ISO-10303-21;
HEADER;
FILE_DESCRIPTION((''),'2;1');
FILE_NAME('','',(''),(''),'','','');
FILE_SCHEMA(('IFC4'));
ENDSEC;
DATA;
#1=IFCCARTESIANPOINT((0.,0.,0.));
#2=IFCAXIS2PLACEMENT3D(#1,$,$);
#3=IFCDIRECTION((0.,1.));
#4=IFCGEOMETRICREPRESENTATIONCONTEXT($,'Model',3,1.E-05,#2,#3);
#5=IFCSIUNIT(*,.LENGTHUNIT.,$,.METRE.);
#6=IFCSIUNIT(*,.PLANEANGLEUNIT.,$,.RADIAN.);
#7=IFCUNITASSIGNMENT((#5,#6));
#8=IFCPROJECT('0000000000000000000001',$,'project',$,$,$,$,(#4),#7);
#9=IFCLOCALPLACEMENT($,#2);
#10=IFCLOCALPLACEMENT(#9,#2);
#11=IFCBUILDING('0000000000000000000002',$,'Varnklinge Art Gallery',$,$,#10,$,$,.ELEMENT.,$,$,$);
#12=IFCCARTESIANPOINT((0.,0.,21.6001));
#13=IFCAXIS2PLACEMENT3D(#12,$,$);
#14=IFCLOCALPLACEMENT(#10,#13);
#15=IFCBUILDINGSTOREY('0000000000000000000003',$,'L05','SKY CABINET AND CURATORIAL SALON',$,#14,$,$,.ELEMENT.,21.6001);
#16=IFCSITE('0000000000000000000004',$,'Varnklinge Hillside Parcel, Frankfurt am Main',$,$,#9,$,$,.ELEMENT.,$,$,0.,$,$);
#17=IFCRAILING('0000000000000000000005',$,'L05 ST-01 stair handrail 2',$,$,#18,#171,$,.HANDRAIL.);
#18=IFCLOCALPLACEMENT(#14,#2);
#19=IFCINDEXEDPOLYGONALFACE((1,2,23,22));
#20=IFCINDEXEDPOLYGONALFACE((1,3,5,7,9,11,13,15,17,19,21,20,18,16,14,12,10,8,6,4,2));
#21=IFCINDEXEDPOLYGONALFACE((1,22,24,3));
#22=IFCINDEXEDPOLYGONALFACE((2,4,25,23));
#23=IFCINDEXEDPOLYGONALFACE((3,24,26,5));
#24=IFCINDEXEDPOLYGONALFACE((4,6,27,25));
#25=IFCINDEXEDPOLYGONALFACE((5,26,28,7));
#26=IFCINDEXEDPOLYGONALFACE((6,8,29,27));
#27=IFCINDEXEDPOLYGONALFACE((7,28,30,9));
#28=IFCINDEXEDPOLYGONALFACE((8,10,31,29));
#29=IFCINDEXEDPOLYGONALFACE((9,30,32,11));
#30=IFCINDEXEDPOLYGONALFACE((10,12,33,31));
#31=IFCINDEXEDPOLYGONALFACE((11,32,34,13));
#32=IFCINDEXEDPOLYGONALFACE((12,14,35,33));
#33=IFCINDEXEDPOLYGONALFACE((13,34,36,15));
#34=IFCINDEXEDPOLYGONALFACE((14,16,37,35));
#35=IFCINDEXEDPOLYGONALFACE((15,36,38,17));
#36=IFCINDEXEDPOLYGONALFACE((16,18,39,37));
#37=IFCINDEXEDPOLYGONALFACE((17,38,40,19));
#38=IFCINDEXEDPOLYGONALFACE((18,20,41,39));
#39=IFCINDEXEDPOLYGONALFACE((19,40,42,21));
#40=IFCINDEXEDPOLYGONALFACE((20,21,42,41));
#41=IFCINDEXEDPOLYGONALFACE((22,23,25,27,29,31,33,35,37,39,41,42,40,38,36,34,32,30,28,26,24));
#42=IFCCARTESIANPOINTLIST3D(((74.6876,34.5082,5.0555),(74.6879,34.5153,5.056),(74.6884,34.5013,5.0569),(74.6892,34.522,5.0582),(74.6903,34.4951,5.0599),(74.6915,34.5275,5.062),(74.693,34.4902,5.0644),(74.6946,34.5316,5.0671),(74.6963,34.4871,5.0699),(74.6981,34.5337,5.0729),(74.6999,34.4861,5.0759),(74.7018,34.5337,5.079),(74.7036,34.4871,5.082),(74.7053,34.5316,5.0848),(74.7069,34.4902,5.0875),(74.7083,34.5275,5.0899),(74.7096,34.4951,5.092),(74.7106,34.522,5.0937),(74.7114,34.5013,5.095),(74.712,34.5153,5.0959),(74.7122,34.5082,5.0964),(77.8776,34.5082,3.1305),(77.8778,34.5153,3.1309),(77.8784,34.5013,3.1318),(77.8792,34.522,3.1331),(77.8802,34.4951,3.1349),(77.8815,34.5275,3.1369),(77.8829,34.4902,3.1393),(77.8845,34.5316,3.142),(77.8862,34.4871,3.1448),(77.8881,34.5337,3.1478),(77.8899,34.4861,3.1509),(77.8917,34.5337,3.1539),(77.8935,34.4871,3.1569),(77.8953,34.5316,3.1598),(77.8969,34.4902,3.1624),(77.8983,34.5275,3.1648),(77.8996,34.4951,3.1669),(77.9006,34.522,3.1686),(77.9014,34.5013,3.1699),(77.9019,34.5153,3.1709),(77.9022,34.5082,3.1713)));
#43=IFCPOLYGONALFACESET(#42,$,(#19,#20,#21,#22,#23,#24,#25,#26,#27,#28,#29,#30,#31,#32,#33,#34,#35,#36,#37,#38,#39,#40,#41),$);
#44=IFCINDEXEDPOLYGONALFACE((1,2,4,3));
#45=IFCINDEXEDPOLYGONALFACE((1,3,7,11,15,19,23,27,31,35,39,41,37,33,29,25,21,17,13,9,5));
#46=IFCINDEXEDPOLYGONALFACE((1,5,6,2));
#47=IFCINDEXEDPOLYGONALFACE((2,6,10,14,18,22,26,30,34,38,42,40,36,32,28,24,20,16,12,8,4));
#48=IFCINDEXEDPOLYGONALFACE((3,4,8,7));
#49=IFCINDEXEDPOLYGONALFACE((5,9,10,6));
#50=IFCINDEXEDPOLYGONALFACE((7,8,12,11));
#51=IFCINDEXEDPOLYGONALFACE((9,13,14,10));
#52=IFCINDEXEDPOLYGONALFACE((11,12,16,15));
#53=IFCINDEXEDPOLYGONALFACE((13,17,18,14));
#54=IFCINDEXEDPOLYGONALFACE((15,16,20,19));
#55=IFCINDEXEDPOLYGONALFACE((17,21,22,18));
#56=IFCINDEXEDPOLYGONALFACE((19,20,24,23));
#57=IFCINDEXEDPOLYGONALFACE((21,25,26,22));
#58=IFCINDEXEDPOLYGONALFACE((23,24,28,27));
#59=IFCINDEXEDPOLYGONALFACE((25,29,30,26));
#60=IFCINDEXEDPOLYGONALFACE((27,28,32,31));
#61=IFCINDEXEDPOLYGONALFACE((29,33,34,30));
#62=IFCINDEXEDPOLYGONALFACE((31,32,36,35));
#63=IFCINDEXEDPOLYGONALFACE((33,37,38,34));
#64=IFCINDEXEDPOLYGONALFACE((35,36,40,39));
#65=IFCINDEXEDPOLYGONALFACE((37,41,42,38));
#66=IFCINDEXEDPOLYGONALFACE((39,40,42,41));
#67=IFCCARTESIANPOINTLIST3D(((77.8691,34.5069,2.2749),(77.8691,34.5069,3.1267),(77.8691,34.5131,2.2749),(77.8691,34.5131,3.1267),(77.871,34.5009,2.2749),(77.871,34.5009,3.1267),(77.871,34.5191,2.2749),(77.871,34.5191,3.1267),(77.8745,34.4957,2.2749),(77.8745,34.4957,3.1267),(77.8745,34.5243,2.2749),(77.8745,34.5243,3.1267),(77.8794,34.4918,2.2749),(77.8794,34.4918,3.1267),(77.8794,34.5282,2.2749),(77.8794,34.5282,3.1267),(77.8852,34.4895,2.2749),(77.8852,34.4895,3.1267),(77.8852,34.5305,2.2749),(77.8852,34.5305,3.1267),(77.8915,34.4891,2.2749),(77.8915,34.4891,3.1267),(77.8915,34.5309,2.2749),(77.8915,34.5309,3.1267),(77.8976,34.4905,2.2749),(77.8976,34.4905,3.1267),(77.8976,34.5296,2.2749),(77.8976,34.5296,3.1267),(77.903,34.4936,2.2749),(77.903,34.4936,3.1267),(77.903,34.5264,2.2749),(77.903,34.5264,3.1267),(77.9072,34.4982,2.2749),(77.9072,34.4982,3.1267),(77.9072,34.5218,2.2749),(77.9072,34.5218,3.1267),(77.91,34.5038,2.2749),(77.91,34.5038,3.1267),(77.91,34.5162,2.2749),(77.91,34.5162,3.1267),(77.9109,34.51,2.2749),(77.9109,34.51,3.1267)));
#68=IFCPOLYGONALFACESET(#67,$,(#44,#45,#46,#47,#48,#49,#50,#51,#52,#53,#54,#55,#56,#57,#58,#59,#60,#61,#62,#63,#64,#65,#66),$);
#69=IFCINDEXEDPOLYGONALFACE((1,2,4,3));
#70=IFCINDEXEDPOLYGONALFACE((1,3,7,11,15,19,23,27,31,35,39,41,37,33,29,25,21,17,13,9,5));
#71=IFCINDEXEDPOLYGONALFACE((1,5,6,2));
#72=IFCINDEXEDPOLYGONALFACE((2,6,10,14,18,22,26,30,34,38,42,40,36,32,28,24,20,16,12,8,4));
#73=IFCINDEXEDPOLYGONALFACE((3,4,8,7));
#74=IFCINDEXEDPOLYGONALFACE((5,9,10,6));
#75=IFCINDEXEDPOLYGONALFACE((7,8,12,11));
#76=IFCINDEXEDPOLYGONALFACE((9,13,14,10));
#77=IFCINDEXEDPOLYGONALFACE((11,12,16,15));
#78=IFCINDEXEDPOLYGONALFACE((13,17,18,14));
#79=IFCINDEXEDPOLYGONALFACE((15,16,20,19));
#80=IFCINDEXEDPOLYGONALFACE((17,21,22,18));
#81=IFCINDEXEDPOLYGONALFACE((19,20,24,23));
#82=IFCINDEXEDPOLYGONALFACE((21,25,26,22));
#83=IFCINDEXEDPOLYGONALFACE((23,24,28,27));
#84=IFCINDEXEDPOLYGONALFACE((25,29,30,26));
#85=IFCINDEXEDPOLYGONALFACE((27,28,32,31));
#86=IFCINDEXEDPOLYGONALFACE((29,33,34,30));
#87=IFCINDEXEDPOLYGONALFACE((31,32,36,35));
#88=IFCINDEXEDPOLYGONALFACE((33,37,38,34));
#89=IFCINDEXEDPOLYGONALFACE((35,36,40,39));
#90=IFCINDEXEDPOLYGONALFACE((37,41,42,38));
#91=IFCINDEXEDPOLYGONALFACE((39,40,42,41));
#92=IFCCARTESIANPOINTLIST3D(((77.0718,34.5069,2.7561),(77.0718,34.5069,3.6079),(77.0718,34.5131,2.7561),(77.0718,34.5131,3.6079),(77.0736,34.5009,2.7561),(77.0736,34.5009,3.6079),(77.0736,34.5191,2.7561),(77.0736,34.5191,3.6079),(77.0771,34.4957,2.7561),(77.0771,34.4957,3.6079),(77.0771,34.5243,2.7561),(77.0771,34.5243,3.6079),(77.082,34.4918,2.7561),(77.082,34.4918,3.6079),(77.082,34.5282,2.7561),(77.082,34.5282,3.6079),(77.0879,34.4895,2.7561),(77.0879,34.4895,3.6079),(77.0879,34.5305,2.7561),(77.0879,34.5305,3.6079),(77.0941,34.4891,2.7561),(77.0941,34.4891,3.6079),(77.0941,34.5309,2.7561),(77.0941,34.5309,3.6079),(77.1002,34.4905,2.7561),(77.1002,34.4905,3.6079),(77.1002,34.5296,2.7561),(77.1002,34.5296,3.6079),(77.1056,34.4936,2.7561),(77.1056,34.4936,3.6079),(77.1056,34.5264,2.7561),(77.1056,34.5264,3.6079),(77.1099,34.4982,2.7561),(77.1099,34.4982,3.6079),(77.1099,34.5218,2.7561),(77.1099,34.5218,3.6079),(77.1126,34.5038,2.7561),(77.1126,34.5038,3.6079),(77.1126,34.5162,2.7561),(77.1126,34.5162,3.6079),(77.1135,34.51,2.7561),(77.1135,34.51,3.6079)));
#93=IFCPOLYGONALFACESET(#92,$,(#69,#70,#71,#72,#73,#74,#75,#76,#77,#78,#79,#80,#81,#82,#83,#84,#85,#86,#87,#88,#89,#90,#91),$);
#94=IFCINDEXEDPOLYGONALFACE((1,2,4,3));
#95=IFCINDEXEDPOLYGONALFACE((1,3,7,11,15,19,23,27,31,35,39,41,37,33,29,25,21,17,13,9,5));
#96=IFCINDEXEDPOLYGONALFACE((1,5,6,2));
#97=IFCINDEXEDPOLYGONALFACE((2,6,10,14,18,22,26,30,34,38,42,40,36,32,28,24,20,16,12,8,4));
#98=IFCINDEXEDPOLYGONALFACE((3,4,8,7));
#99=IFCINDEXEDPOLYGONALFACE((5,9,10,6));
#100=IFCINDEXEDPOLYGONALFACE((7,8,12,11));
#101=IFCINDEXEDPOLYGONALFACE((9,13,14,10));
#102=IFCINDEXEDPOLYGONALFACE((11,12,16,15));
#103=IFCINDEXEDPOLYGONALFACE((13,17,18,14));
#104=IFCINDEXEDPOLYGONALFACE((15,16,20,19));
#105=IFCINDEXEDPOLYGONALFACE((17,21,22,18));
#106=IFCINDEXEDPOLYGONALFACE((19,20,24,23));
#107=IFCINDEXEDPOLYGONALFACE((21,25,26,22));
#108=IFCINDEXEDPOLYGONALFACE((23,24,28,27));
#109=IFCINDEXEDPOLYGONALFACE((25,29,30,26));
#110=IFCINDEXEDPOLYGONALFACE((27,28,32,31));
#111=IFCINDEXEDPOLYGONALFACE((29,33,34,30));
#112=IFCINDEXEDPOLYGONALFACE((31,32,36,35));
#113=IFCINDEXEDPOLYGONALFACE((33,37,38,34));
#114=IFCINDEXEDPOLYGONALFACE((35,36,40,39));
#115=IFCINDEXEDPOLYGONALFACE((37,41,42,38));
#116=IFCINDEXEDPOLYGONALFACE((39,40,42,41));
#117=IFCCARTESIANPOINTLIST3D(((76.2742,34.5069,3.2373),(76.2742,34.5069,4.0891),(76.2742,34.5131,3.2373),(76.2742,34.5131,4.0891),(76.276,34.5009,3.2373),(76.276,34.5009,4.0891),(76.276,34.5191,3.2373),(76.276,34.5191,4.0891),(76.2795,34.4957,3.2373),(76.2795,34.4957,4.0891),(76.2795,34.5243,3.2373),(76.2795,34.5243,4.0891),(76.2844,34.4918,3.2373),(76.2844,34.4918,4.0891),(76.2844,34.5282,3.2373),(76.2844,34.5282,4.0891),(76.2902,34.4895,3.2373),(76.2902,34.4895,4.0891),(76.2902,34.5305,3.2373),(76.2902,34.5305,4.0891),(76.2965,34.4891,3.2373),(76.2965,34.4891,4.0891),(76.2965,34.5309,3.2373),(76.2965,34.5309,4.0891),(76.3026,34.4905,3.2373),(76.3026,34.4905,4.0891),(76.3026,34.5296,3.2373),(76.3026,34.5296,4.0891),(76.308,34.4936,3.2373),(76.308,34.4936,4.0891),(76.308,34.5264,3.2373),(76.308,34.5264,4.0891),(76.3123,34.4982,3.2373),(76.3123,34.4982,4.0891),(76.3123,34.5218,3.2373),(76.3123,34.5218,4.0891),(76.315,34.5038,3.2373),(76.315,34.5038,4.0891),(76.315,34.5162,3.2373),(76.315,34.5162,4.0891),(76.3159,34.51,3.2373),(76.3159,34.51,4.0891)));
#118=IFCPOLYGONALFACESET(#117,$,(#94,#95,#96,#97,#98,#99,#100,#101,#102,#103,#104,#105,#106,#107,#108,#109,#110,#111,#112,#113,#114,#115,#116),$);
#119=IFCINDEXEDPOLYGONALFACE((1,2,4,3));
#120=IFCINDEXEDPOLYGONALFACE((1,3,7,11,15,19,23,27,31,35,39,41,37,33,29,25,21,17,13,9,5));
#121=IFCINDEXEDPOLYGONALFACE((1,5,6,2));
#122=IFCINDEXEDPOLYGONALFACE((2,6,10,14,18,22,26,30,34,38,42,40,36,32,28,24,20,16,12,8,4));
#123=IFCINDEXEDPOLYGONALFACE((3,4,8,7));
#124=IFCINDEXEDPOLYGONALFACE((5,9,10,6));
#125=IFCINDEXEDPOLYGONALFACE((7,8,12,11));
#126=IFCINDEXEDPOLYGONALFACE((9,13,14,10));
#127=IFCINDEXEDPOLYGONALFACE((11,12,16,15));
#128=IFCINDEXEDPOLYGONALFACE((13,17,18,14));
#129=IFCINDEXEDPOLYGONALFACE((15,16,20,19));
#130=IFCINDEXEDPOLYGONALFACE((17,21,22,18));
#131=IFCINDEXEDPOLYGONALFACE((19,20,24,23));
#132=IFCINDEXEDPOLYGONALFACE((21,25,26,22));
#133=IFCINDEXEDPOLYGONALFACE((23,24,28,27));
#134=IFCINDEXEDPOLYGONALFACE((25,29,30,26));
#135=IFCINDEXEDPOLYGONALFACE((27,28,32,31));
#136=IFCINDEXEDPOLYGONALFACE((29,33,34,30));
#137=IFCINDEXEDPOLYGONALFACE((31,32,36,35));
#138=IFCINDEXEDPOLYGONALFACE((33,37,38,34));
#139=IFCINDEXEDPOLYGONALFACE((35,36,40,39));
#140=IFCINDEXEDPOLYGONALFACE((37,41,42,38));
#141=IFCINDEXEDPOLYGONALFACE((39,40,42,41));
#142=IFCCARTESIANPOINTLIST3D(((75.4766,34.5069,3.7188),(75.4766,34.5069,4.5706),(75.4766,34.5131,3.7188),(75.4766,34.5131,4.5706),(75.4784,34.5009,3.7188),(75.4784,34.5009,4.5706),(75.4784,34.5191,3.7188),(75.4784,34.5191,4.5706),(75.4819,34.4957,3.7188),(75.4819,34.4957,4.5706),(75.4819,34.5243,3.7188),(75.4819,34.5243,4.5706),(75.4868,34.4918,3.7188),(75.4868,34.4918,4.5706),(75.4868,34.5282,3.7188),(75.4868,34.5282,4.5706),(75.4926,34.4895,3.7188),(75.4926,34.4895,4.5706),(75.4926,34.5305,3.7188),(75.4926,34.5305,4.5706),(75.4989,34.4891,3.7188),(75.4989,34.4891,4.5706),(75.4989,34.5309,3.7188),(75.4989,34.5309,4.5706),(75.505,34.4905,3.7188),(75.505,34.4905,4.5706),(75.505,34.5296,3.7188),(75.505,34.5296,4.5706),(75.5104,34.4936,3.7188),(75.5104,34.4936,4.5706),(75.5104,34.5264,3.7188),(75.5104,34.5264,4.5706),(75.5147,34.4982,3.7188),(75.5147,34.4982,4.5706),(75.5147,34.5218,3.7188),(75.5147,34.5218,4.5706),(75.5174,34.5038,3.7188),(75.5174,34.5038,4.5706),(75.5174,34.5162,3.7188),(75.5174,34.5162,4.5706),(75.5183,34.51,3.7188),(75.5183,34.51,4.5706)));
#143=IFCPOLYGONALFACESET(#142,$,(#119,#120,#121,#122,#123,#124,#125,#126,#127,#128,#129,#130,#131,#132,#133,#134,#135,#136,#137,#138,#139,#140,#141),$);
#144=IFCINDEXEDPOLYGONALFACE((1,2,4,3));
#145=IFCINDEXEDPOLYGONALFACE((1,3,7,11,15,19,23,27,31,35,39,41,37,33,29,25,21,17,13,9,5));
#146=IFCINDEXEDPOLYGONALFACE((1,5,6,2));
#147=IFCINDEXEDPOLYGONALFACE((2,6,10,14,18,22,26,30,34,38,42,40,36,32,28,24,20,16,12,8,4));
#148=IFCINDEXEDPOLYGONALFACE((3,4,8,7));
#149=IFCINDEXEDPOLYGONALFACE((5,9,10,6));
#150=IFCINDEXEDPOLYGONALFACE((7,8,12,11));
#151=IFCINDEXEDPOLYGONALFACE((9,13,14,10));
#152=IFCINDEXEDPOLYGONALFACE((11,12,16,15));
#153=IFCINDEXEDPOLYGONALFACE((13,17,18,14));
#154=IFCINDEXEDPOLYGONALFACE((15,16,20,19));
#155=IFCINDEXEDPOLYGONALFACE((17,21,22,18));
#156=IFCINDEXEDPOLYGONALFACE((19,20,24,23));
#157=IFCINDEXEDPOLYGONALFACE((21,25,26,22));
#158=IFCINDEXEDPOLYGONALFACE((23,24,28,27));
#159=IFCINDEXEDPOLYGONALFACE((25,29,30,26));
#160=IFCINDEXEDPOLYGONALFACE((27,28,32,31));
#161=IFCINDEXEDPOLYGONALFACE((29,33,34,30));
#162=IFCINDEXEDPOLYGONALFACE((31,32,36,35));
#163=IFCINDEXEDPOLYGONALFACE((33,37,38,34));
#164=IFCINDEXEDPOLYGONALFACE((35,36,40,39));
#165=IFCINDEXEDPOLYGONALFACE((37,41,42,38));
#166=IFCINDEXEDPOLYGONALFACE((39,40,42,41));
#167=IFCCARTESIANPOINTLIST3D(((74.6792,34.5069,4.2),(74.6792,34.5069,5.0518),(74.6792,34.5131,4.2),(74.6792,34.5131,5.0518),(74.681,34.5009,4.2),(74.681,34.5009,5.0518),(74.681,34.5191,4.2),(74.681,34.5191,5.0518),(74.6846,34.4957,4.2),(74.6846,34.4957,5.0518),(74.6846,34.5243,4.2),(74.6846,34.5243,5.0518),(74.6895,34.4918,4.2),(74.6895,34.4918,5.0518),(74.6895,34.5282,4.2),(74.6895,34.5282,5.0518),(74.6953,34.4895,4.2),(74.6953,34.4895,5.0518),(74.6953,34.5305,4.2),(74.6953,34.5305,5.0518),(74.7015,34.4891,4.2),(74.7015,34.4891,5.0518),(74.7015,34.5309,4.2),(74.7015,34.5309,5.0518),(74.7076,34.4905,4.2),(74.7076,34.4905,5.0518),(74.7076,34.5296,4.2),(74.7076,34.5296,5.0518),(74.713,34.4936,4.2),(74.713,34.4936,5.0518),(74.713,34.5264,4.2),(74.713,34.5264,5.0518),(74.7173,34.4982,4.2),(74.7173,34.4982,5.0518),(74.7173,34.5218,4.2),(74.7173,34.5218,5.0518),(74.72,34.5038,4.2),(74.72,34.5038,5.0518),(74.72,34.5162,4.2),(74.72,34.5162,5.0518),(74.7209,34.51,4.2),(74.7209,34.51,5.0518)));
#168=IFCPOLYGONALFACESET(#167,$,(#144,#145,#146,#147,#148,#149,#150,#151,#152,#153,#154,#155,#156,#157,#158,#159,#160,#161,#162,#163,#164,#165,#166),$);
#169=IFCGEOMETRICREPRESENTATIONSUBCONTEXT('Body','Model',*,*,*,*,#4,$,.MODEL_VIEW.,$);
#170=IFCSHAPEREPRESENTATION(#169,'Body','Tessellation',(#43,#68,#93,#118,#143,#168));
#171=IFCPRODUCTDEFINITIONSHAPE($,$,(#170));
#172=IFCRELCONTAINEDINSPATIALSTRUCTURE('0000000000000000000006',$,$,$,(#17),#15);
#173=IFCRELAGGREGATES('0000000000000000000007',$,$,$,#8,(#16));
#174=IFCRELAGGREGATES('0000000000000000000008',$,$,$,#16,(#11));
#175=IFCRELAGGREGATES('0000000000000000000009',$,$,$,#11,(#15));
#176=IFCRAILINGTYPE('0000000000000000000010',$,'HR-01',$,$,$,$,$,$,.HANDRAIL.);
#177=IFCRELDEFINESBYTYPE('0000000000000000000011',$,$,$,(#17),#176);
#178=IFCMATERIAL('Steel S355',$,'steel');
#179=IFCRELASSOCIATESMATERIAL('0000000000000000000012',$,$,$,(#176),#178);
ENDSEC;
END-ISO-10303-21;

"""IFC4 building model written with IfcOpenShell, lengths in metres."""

from ifc_helpers import new_model, si_unit, direction, frame, origin, origin_2d, place, context, subcontext, project, spatial, circle, extrude, material, type_object, element, save


model = new_model("IFC4")

# Units and contexts
model_context = context("Model", 3, precision=1e-05, world=origin(), true_north=direction((0.0, 1.0)))
body_context = subcontext(model_context, "Body", "Model", "MODEL_VIEW")
ifc_project = project(units=[si_unit("LENGTHUNIT", "METRE"), si_unit("PLANEANGLEUNIT", "RADIAN")], contexts=[model_context])

# Site, building, storey
site_placement = place(None, origin())
site = spatial("IfcSite", under=ifc_project, at=site_placement, Name="Varnklinge Hillside Parcel, Frankfurt am Main", CompositionType="ELEMENT", RefElevation=0.0)
building_placement = place(site_placement, origin())
building = spatial("IfcBuilding", under=site, at=building_placement, Name="Varnklinge Art Gallery", CompositionType="ELEMENT")
storey_placement = place(building_placement, frame((0.0, 0.0, 21.6001)))
storey = spatial("IfcBuildingStorey", under=building, at=storey_placement, Name="L05", Description="SKY CABINET AND CURATORIAL SALON", CompositionType="ELEMENT", Elevation=21.6001)

# Railing
ifc_material_1 = material(Name="Steel S355", Category="steel")
railing_type_1 = type_object("IfcRailingType", Name="HR-01", PredefinedType="HANDRAIL", material=ifc_material_1)
railing_1_placement = place(storey_placement, frame((77.8899, 34.51, 2.2749)))
element("IfcRailing", 1, at=railing_1_placement, inside=storey, type_object=railing_type_1, Name="L05 ST-01 stair handrail 2", PredefinedType="HANDRAIL", context=body_context, shape_type="SweptSolid", body=[
    extrude(circle(Radius=0.0239, at=origin_2d()), frame((0.0, 0.0, 0.876), z_axis=(-0.856178, 0.0, 0.516682), x_axis=(0.0, -1.0, 0.0)), (0.0, 0.0, 1.0), 3.7258),
    extrude(circle(Radius=0.021, at=origin_2d()), origin(), (0.0, 0.0, 1.0), 0.8518),
    extrude(circle(Radius=0.021, at=origin_2d()), frame((-0.7974, 0.0, 0.4812)), (0.0, 0.0, 1.0), 0.8518),
    extrude(circle(Radius=0.021, at=origin_2d()), frame((-1.595, 0.0, 0.9624)), (0.0, 0.0, 1.0), 0.8518),
    extrude(circle(Radius=0.021, at=origin_2d()), frame((-2.3926, 0.0, 1.4438)), (0.0, 0.0, 1.0), 0.8518),
    extrude(circle(Radius=0.021, at=origin_2d()), frame((-3.1899, 0.0, 1.925)), (0.0, 0.0, 1.0), 0.8518),
])

save(model, "model.ifc")
